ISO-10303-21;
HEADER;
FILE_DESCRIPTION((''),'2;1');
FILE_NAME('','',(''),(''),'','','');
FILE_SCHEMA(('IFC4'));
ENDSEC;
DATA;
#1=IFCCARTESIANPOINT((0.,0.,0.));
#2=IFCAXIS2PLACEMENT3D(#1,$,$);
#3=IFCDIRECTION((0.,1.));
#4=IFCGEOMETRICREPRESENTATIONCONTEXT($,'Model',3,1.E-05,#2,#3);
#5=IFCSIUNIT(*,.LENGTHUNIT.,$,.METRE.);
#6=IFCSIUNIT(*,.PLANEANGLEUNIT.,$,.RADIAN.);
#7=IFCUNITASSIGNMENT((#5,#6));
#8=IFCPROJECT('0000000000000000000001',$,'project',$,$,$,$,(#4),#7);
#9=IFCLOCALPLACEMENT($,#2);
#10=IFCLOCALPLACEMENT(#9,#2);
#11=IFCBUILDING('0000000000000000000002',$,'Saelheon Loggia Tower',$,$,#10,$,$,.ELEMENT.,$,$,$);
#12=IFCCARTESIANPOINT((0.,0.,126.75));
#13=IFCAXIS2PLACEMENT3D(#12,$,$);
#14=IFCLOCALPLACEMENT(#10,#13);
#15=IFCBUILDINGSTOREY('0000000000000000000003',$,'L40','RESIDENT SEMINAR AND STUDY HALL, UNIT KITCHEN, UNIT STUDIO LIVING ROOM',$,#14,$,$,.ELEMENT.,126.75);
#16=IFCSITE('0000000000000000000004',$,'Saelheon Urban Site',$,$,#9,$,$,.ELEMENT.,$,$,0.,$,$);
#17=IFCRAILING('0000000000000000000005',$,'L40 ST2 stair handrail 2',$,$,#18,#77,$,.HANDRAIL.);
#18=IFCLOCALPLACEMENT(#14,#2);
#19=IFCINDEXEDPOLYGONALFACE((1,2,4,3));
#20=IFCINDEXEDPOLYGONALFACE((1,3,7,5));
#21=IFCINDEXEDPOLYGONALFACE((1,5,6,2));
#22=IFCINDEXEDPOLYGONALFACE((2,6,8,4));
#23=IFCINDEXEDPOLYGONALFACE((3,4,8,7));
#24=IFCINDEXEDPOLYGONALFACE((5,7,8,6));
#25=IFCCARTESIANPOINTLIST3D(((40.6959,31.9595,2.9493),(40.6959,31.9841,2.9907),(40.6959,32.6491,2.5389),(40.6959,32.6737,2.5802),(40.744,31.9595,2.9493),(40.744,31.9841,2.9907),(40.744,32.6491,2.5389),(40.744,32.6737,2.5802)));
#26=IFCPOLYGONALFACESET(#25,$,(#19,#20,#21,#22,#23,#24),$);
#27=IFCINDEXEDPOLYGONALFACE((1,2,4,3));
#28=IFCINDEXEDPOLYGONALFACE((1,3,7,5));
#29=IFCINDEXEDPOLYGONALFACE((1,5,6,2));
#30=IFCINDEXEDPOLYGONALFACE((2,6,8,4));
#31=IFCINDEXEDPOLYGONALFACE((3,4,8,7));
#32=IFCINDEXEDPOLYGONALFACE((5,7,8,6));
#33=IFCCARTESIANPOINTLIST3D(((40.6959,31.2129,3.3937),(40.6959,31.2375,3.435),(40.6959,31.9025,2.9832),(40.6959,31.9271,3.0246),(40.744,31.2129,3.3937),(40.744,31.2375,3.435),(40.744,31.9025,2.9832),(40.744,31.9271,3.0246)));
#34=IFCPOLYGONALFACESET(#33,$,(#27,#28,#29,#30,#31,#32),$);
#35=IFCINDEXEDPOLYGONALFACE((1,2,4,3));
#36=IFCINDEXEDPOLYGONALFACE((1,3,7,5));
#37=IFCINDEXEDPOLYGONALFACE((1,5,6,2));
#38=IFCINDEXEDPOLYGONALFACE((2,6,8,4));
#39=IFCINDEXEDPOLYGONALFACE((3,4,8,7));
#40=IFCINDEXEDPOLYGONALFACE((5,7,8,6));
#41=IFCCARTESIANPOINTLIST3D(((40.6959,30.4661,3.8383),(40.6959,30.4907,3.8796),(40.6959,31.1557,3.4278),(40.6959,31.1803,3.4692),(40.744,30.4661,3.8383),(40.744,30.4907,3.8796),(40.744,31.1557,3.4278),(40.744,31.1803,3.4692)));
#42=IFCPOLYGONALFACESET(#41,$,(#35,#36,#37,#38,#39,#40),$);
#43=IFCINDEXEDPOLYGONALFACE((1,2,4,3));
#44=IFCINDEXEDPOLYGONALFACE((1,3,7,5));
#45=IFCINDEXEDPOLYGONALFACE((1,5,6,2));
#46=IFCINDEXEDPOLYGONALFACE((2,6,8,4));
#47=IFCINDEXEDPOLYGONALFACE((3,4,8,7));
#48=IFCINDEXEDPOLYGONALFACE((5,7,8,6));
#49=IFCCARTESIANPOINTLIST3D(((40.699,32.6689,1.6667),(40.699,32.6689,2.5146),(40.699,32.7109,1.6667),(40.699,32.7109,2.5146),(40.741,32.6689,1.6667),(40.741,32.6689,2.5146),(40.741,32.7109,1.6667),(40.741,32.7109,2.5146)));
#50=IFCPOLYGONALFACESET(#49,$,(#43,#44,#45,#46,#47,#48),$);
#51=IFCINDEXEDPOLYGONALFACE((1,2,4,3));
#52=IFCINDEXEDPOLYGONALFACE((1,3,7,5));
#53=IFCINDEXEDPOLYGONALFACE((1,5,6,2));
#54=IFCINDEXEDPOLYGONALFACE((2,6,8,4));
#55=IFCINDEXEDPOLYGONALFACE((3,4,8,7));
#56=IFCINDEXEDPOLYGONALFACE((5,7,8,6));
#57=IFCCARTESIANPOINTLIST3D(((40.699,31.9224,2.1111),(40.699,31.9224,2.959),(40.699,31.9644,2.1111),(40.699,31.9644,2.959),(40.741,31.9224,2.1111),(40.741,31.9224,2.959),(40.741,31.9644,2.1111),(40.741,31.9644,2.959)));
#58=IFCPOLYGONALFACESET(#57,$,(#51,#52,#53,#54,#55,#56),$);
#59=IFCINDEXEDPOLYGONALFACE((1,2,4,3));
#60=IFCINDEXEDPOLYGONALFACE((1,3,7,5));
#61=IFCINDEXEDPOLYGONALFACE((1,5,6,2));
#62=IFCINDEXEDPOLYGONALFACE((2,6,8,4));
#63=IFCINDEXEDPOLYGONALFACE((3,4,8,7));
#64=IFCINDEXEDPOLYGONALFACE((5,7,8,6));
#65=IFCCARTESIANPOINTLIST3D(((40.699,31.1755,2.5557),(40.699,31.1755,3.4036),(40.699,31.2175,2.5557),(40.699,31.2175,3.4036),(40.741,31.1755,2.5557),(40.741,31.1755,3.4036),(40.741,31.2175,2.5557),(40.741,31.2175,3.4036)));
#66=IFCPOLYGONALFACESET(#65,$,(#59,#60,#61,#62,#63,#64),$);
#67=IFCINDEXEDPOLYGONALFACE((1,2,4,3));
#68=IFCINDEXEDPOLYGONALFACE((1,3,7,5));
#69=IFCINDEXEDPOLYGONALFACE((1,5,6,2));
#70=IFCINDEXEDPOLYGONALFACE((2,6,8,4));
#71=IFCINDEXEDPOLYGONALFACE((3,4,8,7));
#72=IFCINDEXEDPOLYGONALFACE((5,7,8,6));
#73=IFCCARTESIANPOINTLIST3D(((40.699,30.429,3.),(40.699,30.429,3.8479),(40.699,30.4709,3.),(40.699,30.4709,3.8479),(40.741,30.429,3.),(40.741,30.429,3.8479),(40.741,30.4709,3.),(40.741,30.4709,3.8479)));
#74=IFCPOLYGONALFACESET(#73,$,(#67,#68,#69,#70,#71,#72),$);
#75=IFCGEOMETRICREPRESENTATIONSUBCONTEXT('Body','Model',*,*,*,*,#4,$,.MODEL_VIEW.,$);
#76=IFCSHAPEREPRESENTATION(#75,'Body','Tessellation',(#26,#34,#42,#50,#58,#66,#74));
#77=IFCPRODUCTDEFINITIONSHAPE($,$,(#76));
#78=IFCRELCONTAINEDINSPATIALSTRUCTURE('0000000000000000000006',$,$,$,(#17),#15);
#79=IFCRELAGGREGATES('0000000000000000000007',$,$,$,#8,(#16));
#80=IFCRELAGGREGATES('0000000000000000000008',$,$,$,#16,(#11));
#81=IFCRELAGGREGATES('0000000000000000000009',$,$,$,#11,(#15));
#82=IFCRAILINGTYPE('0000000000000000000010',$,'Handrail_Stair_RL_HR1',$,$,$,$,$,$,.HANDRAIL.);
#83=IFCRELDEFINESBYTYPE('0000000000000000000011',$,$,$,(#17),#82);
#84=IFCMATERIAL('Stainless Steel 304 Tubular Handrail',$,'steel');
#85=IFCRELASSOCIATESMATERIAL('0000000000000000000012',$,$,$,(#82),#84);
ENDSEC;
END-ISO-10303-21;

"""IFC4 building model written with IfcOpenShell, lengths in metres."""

from ifc_helpers import new_model, si_unit, direction, frame, origin, origin_2d, place, context, subcontext, project, spatial, rectangle, extrude, material, type_object, element, save


model = new_model("IFC4")

# Units and contexts
model_context = context("Model", 3, precision=1e-05, world=origin(), true_north=direction((0.0, 1.0)))
body_context = subcontext(model_context, "Body", "Model", "MODEL_VIEW")
ifc_project = project(units=[si_unit("LENGTHUNIT", "METRE"), si_unit("PLANEANGLEUNIT", "RADIAN")], contexts=[model_context])

# Site, building, storey
site_placement = place(None, origin())
site = spatial("IfcSite", under=ifc_project, at=site_placement, Name="Saelheon Urban Site", CompositionType="ELEMENT", RefElevation=0.0)
building_placement = place(site_placement, origin())
building = spatial("IfcBuilding", under=site, at=building_placement, Name="Saelheon Loggia Tower", CompositionType="ELEMENT")
storey_placement = place(building_placement, frame((0.0, 0.0, 126.75)))
storey = spatial("IfcBuildingStorey", under=building, at=storey_placement, Name="L40", Description="RESIDENT SEMINAR AND STUDY HALL, UNIT KITCHEN, UNIT STUDIO LIVING ROOM", CompositionType="ELEMENT", Elevation=126.75)

# Railing
ifc_material_1 = material(Name="Stainless Steel 304 Tubular Handrail", Category="steel")
railing_type_1 = type_object("IfcRailingType", Name="Handrail_Stair_RL_HR1", PredefinedType="HANDRAIL", material=ifc_material_1)
railing_1_placement = place(storey_placement, frame((40.72, 32.6899, 1.6667)))
element("IfcRailing", 1, at=railing_1_placement, inside=storey, type_object=railing_type_1, Name="L40 ST2 stair handrail 2", PredefinedType="HANDRAIL", context=body_context, shape_type="SweptSolid", body=[
    extrude(rectangle(XDim=0.0481, YDim=0.0481, at=origin_2d()), frame((0.0, -0.0286, 0.8928), z_axis=(0.0, -0.859306, 0.511462), x_axis=(1.0, 0.0, 0.0)), (0.0, 0.0, 1.0), 0.8025),
    extrude(rectangle(XDim=0.0481, YDim=0.0481, at=origin_2d()), frame((0.0, -0.7751, 1.3372), z_axis=(0.0, -0.859306, 0.511462), x_axis=(1.0, 0.0, 0.0)), (0.0, 0.0, 1.0), 0.8025),
    extrude(rectangle(XDim=0.0481, YDim=0.0481, at=origin_2d()), frame((0.0, -1.522, 1.7817), z_axis=(0.0, -0.859306, 0.511462), x_axis=(1.0, 0.0, 0.0)), (0.0, 0.0, 1.0), 0.8025),
    extrude(rectangle(XDim=0.042, YDim=0.042, at=origin_2d()), origin(), (0.0, 0.0, 1.0), 0.8479),
    extrude(rectangle(XDim=0.042, YDim=0.042, at=origin_2d()), frame((0.0, -0.7466, 0.4443)), (0.0, 0.0, 1.0), 0.8479),
    extrude(rectangle(XDim=0.042, YDim=0.042, at=origin_2d()), frame((0.0, -1.4934, 0.8889)), (0.0, 0.0, 1.0), 0.8479),
    extrude(rectangle(XDim=0.042, YDim=0.042, at=origin_2d()), frame((0.0, -2.24, 1.3333)), (0.0, 0.0, 1.0), 0.8479),
])

save(model, "model.ifc")
